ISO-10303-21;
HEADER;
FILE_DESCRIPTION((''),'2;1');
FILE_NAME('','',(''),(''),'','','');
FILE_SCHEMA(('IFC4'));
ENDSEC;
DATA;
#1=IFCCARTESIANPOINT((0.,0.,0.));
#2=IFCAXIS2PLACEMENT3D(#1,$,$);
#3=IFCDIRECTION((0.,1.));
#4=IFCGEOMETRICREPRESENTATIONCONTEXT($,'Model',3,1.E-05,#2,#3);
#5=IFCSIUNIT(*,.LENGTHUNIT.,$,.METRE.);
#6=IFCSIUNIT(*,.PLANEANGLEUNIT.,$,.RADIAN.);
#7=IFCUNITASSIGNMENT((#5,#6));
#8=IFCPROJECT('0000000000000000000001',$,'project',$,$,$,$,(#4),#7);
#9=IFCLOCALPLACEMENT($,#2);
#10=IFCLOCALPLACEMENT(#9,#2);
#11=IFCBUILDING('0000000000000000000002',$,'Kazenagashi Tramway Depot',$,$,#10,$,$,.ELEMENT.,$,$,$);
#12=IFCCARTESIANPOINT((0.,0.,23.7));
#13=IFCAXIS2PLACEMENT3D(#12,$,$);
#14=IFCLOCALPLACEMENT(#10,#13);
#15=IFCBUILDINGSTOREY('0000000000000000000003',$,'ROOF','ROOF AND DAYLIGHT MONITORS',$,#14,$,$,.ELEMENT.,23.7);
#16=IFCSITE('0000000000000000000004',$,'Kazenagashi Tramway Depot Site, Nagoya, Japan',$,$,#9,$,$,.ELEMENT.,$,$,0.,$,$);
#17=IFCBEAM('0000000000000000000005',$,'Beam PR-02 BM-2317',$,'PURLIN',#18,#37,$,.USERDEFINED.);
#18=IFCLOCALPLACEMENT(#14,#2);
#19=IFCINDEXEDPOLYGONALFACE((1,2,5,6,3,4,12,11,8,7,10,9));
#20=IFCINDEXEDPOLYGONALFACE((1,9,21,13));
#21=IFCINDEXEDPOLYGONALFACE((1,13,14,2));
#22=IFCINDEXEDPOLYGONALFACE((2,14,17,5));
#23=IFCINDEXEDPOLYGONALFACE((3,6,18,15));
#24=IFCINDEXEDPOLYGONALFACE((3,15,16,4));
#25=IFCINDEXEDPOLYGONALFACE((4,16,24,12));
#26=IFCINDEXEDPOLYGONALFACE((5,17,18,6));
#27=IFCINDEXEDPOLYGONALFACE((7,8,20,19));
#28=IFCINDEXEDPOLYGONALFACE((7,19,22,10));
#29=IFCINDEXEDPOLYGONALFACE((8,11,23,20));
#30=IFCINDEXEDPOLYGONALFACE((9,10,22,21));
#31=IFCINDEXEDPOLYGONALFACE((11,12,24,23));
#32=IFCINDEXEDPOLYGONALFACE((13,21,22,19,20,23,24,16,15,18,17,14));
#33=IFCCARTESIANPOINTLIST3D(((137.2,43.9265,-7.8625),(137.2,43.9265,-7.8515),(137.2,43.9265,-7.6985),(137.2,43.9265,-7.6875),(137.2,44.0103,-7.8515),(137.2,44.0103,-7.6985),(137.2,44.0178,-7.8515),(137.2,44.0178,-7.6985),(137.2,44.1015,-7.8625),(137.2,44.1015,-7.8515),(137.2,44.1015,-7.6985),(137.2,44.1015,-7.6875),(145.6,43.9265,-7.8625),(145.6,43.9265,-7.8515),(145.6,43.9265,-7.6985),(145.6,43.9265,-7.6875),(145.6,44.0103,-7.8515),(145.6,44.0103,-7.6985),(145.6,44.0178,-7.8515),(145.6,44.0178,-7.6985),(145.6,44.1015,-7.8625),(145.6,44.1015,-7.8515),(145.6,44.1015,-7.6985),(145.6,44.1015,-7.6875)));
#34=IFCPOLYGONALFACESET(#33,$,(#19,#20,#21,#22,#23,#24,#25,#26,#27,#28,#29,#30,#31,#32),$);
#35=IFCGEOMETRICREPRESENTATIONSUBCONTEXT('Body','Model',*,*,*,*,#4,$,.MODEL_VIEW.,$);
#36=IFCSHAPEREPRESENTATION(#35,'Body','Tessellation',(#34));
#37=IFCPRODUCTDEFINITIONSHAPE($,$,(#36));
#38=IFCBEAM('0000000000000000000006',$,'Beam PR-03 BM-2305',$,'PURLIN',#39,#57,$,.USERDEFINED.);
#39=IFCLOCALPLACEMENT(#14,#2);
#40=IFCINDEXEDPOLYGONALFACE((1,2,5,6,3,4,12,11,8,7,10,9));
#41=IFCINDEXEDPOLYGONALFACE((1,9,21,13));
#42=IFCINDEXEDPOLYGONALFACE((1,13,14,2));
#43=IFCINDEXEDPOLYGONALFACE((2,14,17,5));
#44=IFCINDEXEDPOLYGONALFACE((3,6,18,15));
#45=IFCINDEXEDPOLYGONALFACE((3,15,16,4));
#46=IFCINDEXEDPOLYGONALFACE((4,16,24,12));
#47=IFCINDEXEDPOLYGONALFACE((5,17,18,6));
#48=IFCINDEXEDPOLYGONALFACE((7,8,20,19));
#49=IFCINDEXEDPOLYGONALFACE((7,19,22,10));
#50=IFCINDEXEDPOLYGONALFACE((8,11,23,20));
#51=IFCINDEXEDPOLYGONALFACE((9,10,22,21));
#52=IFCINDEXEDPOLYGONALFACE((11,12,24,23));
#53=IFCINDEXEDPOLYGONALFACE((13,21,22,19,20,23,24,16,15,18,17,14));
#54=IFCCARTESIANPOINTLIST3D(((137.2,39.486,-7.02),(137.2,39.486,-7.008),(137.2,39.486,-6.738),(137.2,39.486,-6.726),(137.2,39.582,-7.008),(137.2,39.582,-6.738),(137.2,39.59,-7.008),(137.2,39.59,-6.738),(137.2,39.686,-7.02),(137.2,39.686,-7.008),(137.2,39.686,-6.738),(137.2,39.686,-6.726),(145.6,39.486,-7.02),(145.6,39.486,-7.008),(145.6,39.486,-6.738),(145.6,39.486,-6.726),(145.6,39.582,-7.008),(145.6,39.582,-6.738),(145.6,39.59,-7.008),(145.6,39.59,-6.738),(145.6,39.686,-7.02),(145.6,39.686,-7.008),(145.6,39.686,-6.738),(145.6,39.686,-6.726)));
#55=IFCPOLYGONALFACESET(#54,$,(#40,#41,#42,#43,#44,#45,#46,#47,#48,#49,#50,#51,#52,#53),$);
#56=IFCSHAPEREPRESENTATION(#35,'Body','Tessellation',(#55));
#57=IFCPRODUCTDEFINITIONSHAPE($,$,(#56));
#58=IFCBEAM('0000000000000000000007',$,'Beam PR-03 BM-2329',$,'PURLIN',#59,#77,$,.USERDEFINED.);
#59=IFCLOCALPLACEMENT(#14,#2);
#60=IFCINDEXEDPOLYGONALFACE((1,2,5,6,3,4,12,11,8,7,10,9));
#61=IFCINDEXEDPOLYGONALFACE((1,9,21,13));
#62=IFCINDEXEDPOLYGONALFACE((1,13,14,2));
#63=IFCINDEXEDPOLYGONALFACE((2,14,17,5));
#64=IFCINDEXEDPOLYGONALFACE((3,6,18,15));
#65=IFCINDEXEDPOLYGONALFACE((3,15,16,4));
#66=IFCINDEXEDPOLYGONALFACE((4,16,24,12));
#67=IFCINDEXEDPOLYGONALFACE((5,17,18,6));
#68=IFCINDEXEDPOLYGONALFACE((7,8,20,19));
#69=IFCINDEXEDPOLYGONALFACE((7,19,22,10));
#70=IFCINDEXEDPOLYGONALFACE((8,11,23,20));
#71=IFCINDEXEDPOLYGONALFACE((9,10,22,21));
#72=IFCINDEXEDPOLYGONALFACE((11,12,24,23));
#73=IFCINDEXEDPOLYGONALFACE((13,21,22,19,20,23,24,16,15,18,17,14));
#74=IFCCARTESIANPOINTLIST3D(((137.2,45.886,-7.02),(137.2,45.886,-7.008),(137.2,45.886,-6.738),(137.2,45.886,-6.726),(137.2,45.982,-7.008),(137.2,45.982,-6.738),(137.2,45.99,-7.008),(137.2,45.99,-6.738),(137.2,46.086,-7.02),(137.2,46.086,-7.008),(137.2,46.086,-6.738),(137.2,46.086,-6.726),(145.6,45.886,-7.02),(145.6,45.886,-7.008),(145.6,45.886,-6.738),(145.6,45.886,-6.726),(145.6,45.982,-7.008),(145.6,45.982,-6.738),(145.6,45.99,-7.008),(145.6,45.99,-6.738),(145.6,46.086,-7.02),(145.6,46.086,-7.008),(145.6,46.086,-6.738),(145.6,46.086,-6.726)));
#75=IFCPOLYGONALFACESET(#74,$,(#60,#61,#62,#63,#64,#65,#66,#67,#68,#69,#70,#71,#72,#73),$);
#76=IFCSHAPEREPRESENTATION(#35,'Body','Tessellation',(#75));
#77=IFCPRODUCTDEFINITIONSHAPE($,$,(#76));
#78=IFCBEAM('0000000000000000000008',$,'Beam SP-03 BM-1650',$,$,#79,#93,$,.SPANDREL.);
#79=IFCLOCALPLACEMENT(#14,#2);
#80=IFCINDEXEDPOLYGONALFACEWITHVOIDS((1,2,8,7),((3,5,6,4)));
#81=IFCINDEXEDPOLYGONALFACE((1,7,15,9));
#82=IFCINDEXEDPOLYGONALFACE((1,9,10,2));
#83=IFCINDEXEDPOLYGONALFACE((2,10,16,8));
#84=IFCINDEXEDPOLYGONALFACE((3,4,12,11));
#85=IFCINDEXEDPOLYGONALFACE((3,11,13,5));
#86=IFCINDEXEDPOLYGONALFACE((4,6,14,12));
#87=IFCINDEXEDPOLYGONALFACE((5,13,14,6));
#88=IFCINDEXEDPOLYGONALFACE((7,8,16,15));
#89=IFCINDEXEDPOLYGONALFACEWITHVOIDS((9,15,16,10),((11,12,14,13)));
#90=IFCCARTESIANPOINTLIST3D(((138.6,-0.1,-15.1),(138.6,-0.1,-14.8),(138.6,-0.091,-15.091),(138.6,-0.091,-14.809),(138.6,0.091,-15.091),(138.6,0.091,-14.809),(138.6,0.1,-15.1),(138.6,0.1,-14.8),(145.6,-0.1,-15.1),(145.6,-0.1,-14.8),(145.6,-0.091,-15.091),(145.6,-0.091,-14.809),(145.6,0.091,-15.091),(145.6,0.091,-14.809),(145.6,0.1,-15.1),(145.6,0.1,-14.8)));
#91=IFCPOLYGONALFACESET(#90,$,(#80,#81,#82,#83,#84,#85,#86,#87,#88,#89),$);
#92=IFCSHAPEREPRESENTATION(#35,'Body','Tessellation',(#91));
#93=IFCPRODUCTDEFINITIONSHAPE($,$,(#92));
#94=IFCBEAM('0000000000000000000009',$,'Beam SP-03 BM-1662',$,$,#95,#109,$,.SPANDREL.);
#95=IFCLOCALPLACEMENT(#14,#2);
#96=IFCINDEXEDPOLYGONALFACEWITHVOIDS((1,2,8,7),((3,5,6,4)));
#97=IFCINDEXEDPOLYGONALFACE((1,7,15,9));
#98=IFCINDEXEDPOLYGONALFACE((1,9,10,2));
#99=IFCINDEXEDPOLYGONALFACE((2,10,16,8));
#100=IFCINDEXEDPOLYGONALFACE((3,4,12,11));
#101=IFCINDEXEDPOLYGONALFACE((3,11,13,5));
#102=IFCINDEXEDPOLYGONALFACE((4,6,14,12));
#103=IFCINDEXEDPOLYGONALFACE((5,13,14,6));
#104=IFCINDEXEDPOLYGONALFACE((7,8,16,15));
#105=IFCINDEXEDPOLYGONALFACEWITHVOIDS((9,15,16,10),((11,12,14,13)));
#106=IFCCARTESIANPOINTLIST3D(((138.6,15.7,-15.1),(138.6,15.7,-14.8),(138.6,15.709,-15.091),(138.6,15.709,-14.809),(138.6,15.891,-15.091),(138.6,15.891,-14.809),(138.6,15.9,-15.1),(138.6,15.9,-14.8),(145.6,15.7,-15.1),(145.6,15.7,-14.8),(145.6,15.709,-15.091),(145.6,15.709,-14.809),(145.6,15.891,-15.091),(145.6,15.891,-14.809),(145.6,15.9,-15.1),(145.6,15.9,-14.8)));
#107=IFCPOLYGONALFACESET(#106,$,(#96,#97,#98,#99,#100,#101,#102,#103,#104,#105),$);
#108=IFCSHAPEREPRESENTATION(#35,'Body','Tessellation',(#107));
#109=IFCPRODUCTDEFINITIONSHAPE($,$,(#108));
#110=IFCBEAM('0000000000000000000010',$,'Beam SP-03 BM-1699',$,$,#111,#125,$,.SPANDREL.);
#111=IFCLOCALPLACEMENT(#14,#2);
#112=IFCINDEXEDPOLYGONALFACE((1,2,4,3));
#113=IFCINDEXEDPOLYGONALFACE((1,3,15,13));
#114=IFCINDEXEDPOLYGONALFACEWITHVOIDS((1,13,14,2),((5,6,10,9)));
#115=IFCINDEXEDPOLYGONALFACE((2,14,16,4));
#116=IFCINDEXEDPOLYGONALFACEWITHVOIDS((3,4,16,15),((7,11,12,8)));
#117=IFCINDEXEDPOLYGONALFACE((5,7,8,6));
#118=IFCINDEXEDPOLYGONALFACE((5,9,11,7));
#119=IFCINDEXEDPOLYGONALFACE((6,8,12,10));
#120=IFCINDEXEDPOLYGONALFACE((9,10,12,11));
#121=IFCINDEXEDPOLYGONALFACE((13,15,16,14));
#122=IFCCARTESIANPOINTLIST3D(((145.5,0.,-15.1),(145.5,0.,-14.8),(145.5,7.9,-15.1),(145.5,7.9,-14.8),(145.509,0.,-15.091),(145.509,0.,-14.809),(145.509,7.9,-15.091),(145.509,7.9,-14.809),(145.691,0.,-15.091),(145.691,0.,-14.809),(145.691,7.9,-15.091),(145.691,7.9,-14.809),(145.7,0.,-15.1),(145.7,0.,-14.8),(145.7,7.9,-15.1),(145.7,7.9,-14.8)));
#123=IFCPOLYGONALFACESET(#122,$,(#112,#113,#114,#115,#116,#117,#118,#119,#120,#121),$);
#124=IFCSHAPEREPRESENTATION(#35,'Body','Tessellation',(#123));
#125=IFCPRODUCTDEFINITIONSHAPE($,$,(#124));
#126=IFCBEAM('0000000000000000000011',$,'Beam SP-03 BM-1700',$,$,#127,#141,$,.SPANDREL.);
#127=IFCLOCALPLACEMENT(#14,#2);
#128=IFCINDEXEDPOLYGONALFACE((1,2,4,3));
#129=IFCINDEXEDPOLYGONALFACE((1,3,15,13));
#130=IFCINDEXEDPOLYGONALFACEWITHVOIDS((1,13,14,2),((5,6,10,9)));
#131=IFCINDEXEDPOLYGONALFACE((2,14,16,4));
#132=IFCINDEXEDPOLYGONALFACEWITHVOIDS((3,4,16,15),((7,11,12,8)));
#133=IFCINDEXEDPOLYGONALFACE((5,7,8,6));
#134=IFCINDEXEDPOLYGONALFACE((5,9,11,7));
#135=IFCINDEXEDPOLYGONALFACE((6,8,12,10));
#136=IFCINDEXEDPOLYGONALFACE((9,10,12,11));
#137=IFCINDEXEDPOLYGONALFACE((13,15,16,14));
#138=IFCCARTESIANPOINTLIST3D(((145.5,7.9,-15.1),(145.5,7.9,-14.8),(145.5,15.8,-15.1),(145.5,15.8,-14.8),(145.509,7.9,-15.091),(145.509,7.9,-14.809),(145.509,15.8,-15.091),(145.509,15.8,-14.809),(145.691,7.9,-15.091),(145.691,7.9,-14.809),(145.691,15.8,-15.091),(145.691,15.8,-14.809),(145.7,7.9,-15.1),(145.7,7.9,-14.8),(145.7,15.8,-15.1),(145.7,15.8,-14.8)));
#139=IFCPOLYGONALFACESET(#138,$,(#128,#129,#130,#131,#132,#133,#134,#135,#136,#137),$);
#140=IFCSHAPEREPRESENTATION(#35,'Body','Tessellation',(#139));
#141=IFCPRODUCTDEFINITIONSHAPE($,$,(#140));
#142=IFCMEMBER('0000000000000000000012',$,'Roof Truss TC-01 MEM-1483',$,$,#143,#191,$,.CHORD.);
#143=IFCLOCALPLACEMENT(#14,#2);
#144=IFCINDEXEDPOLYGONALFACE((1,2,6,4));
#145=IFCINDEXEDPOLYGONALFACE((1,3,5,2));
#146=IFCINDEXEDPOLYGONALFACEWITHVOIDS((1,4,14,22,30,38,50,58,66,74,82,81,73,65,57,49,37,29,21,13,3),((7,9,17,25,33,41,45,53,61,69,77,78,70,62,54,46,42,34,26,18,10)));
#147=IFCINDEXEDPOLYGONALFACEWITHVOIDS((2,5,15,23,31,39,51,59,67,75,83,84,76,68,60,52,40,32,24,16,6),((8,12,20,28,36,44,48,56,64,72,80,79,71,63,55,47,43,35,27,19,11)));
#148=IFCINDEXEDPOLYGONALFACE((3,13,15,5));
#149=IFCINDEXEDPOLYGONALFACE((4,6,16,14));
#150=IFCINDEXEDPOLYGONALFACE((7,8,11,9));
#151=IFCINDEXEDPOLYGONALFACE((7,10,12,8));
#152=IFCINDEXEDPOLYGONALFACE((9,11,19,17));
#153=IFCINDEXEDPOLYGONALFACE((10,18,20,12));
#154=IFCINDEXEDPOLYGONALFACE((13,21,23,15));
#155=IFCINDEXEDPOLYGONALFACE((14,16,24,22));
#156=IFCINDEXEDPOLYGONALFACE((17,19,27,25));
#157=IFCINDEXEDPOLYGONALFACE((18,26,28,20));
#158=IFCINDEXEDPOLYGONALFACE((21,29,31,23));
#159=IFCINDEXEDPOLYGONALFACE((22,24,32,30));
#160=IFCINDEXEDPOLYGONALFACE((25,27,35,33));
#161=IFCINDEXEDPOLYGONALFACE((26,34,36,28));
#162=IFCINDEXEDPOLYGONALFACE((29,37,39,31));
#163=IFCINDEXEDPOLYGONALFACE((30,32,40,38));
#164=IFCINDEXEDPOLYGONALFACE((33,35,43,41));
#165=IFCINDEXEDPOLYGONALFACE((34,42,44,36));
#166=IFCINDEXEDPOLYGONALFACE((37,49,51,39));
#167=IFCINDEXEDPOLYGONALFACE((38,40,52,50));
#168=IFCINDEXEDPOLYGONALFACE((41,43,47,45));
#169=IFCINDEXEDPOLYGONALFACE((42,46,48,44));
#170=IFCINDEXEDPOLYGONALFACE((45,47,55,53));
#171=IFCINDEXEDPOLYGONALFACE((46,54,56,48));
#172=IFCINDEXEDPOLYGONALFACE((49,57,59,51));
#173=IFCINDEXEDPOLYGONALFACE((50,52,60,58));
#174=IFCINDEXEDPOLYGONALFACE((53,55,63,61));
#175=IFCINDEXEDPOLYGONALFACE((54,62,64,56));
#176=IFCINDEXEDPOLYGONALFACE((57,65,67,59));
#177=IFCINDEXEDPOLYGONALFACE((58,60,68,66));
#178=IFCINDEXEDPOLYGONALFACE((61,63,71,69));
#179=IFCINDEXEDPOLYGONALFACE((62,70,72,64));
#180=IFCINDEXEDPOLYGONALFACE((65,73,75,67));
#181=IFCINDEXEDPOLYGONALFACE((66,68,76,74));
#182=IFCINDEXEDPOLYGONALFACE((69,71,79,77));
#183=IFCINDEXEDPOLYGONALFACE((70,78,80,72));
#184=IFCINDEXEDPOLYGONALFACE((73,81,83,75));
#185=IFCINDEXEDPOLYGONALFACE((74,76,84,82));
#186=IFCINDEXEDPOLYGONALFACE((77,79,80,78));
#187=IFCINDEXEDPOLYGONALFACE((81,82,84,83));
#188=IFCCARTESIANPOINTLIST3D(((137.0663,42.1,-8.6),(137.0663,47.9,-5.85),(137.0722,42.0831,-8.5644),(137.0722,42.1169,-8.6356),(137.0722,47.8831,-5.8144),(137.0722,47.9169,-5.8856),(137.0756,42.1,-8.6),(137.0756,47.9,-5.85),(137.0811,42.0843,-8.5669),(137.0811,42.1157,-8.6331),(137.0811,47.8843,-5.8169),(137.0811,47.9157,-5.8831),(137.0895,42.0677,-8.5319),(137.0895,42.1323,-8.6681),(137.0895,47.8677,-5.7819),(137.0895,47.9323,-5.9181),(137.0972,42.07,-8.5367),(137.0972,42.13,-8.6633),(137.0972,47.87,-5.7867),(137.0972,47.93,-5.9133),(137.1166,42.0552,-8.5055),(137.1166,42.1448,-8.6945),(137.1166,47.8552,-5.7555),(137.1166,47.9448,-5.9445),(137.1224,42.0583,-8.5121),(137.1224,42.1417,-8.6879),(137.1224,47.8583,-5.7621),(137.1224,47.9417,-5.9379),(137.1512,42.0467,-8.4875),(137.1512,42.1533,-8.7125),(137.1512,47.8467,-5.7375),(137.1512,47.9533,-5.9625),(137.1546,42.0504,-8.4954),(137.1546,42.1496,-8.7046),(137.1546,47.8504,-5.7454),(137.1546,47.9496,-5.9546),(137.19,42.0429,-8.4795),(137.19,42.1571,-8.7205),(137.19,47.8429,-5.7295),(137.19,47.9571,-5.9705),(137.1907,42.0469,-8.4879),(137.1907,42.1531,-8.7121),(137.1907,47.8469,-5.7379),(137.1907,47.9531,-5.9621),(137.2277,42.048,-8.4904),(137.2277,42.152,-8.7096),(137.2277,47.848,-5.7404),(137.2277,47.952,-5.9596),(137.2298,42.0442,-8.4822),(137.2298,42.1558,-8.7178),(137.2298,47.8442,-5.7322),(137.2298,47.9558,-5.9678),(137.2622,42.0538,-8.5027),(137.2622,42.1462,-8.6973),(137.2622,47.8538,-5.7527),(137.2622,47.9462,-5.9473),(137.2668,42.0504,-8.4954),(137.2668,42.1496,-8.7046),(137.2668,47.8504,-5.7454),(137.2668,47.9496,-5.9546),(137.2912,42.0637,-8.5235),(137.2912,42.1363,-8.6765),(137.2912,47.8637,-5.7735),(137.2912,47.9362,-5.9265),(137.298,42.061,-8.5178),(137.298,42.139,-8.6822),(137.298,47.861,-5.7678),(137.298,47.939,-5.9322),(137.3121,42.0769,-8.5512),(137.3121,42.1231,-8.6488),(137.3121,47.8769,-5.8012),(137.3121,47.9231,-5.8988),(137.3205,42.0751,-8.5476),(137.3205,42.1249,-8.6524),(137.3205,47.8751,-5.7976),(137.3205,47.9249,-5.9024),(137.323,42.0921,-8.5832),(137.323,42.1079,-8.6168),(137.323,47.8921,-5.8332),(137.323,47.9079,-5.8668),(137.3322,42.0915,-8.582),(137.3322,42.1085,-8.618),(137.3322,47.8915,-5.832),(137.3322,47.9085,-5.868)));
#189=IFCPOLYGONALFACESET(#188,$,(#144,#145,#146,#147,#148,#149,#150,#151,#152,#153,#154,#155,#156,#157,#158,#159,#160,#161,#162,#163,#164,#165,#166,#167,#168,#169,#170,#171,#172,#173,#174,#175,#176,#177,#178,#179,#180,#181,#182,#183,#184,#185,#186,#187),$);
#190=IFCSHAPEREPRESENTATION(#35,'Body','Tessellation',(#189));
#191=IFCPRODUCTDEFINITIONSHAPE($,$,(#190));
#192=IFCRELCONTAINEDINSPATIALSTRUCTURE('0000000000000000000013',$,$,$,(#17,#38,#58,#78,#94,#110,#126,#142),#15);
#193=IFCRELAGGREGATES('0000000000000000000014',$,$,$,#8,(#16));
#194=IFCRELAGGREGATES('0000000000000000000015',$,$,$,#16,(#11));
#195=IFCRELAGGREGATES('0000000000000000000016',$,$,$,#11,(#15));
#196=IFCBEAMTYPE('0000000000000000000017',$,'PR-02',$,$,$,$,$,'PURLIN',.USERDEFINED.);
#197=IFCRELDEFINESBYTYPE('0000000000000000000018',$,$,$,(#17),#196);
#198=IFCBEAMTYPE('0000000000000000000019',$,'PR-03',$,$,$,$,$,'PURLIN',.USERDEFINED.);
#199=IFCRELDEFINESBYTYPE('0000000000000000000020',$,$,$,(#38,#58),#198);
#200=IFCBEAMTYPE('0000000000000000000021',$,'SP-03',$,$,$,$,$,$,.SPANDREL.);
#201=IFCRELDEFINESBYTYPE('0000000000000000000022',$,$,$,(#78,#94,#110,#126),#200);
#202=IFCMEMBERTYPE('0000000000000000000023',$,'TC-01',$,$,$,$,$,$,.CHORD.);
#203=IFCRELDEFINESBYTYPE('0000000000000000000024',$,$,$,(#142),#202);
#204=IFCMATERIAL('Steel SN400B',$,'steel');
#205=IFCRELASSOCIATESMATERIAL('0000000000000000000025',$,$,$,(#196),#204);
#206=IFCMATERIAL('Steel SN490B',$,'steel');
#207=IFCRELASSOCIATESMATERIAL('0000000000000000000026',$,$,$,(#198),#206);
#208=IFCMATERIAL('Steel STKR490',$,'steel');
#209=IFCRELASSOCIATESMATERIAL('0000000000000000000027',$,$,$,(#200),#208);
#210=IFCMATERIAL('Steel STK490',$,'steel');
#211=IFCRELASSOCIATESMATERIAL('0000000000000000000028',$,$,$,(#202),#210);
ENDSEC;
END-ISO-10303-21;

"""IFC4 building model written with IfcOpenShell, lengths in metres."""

from ifc_helpers import new_model, si_unit, direction, frame, origin, origin_2d, place, context, subcontext, project, spatial, hollow_rectangle, hollow_circle, i_section, extrude, material, material_profile, profile_set, type_object, element, save


model = new_model("IFC4")

# Units and contexts
model_context = context("Model", 3, precision=1e-05, world=origin(), true_north=direction((0.0, 1.0)))
body_context = subcontext(model_context, "Body", "Model", "MODEL_VIEW")
ifc_project = project(units=[si_unit("LENGTHUNIT", "METRE"), si_unit("PLANEANGLEUNIT", "RADIAN")], contexts=[model_context])

# Site, building, storey
site_placement = place(None, origin())
site = spatial("IfcSite", under=ifc_project, at=site_placement, Name="Kazenagashi Tramway Depot Site, Nagoya, Japan", CompositionType="ELEMENT", RefElevation=0.0)
building_placement = place(site_placement, origin())
building = spatial("IfcBuilding", under=site, at=building_placement, Name="Kazenagashi Tramway Depot", CompositionType="ELEMENT")
storey_placement = place(building_placement, frame((0.0, 0.0, 23.7)))
storey = spatial("IfcBuildingStorey", under=building, at=storey_placement, Name="ROOF", Description="ROOF AND DAYLIGHT MONITORS", CompositionType="ELEMENT", Elevation=23.7)

# Beams
ifc_material_1 = material(Name="Steel SN490B", Category="steel")
ifc_material_2 = material(Name="Steel SN400B", Category="steel")
ifc_material_profile_1 = material_profile(ifc_material_2, i_section(OverallWidth=0.175, OverallDepth=0.175, WebThickness=0.0075, FlangeThickness=0.011, at=origin_2d()), Name="H-175x175x7.5x11")
ifc_profile_set_1 = profile_set([ifc_material_profile_1], Name="Steel SN400B")
beam_type_1 = type_object("IfcBeamType", Name="PR-02", ElementType="PURLIN", PredefinedType="USERDEFINED", material=ifc_profile_set_1)
beam_1_placement = place(storey_placement, frame((137.2, 44.014, -7.775), z_axis=(1.0, 0.0, 0.0), x_axis=(0.0, 1.0, 0.0)))
element("IfcBeam", 1, at=beam_1_placement, inside=storey, type_object=beam_type_1, Name="Beam PR-02 BM-2317", ObjectType="PURLIN", PredefinedType="USERDEFINED", context=body_context, shape_type="SweptSolid", body=[
    extrude(i_section(OverallWidth=0.175, OverallDepth=0.175, WebThickness=0.0075, FlangeThickness=0.011, at=origin_2d()), origin(), (0.0, 0.0, 1.0), 8.4),
])
ifc_material_profile_2 = material_profile(ifc_material_1, i_section(OverallWidth=0.2, OverallDepth=0.294, WebThickness=0.008, FlangeThickness=0.012, at=origin_2d()), Name="H-294x200x8x12")
ifc_profile_set_2 = profile_set([ifc_material_profile_2], Name="Steel SN490B")
beam_type_2 = type_object("IfcBeamType", Name="PR-03", ElementType="PURLIN", PredefinedType="USERDEFINED", material=ifc_profile_set_2)
for number, where, z_axis, x_axis, name in (
    (2, (137.2, 39.586, -6.873), (1.0, 0.0, 0.0), (0.0, 1.0, 0.0), "Beam PR-03 BM-2305"),
    (3, (137.2, 45.986, -6.873), (1.0, 0.0, 0.0), (0.0, 1.0, 0.0), "Beam PR-03 BM-2329"),
):
    element("IfcBeam", number, at=place(storey_placement, frame(where, z_axis=z_axis, x_axis=x_axis)), inside=storey, type_object=beam_type_2, Name=name, ObjectType="PURLIN", PredefinedType="USERDEFINED", context=body_context, shape_type="SweptSolid", body=[
        extrude(i_section(OverallWidth=0.2, OverallDepth=0.294, WebThickness=0.008, FlangeThickness=0.012, at=origin_2d()), origin(), (0.0, 0.0, 1.0), 8.4),
    ])
ifc_material_3 = material(Name="Steel STKR490", Category="steel")
ifc_material_profile_3 = material_profile(ifc_material_3, hollow_rectangle(XDim=0.2, YDim=0.3, WallThickness=0.009, at=origin_2d()), Name="RHS-300x200x9")
ifc_profile_set_3 = profile_set([ifc_material_profile_3], Name="Steel STKR490")
beam_type_3 = type_object("IfcBeamType", Name="SP-03", PredefinedType="SPANDREL", material=ifc_profile_set_3)
for number, where, z_axis, x_axis, name in (
    (4, (138.6, 0.0, -14.95), (1.0, 0.0, 0.0), (0.0, 1.0, 0.0), "Beam SP-03 BM-1650"),
    (5, (138.6, 15.8, -14.95), (1.0, 0.0, 0.0), (0.0, 1.0, 0.0), "Beam SP-03 BM-1662"),
):
    element("IfcBeam", number, at=place(storey_placement, frame(where, z_axis=z_axis, x_axis=x_axis)), inside=storey, type_object=beam_type_3, Name=name, PredefinedType="SPANDREL", context=body_context, shape_type="SweptSolid", body=[
        extrude(hollow_rectangle(XDim=0.2, YDim=0.3, WallThickness=0.009, at=origin_2d()), origin(), (0.0, 0.0, 1.0), 7.0),
    ])
for number, where, z_axis, x_axis, name in (
    (6, (145.6, 0.0, -14.95), (0.0, 1.0, 0.0), (-1.0, 0.0, 0.0), "Beam SP-03 BM-1699"),
    (7, (145.6, 7.9, -14.95), (0.0, 1.0, 0.0), (-1.0, 0.0, 0.0), "Beam SP-03 BM-1700"),
):
    element("IfcBeam", number, at=place(storey_placement, frame(where, z_axis=z_axis, x_axis=x_axis)), inside=storey, type_object=beam_type_3, Name=name, PredefinedType="SPANDREL", context=body_context, shape_type="SweptSolid", body=[
        extrude(hollow_rectangle(XDim=0.2, YDim=0.3, WallThickness=0.009, at=origin_2d()), origin(), (0.0, 0.0, 1.0), 7.9),
    ])

# Member
ifc_material_4 = material(Name="Steel STK490", Category="steel")
ifc_material_profile_4 = material_profile(ifc_material_4, hollow_circle(Radius=0.1337, WallThickness=0.0093, at=origin_2d()), Name="CHS-267.4x9.3")
ifc_profile_set_4 = profile_set([ifc_material_profile_4], Name="Steel STK490")
member_type_1 = type_object("IfcMemberType", Name="TC-01", PredefinedType="CHORD", material=ifc_profile_set_4)
for number, where, z_axis, x_axis, name in (
    (8, (137.2, 42.1, -8.6), (0.0, 0.903579, 0.428421), (-1.0, 0.0, 0.0), "Roof Truss TC-01 MEM-1483"),
):
    element("IfcMember", number, at=place(storey_placement, frame(where, z_axis=z_axis, x_axis=x_axis)), inside=storey, type_object=member_type_1, Name=name, PredefinedType="CHORD", context=body_context, shape_type="SweptSolid", body=[
        extrude(hollow_circle(Radius=0.1337, WallThickness=0.0093, at=origin_2d()), origin(), (0.0, 0.0, 1.0), 6.4189),
    ])

save(model, "model.ifc")
